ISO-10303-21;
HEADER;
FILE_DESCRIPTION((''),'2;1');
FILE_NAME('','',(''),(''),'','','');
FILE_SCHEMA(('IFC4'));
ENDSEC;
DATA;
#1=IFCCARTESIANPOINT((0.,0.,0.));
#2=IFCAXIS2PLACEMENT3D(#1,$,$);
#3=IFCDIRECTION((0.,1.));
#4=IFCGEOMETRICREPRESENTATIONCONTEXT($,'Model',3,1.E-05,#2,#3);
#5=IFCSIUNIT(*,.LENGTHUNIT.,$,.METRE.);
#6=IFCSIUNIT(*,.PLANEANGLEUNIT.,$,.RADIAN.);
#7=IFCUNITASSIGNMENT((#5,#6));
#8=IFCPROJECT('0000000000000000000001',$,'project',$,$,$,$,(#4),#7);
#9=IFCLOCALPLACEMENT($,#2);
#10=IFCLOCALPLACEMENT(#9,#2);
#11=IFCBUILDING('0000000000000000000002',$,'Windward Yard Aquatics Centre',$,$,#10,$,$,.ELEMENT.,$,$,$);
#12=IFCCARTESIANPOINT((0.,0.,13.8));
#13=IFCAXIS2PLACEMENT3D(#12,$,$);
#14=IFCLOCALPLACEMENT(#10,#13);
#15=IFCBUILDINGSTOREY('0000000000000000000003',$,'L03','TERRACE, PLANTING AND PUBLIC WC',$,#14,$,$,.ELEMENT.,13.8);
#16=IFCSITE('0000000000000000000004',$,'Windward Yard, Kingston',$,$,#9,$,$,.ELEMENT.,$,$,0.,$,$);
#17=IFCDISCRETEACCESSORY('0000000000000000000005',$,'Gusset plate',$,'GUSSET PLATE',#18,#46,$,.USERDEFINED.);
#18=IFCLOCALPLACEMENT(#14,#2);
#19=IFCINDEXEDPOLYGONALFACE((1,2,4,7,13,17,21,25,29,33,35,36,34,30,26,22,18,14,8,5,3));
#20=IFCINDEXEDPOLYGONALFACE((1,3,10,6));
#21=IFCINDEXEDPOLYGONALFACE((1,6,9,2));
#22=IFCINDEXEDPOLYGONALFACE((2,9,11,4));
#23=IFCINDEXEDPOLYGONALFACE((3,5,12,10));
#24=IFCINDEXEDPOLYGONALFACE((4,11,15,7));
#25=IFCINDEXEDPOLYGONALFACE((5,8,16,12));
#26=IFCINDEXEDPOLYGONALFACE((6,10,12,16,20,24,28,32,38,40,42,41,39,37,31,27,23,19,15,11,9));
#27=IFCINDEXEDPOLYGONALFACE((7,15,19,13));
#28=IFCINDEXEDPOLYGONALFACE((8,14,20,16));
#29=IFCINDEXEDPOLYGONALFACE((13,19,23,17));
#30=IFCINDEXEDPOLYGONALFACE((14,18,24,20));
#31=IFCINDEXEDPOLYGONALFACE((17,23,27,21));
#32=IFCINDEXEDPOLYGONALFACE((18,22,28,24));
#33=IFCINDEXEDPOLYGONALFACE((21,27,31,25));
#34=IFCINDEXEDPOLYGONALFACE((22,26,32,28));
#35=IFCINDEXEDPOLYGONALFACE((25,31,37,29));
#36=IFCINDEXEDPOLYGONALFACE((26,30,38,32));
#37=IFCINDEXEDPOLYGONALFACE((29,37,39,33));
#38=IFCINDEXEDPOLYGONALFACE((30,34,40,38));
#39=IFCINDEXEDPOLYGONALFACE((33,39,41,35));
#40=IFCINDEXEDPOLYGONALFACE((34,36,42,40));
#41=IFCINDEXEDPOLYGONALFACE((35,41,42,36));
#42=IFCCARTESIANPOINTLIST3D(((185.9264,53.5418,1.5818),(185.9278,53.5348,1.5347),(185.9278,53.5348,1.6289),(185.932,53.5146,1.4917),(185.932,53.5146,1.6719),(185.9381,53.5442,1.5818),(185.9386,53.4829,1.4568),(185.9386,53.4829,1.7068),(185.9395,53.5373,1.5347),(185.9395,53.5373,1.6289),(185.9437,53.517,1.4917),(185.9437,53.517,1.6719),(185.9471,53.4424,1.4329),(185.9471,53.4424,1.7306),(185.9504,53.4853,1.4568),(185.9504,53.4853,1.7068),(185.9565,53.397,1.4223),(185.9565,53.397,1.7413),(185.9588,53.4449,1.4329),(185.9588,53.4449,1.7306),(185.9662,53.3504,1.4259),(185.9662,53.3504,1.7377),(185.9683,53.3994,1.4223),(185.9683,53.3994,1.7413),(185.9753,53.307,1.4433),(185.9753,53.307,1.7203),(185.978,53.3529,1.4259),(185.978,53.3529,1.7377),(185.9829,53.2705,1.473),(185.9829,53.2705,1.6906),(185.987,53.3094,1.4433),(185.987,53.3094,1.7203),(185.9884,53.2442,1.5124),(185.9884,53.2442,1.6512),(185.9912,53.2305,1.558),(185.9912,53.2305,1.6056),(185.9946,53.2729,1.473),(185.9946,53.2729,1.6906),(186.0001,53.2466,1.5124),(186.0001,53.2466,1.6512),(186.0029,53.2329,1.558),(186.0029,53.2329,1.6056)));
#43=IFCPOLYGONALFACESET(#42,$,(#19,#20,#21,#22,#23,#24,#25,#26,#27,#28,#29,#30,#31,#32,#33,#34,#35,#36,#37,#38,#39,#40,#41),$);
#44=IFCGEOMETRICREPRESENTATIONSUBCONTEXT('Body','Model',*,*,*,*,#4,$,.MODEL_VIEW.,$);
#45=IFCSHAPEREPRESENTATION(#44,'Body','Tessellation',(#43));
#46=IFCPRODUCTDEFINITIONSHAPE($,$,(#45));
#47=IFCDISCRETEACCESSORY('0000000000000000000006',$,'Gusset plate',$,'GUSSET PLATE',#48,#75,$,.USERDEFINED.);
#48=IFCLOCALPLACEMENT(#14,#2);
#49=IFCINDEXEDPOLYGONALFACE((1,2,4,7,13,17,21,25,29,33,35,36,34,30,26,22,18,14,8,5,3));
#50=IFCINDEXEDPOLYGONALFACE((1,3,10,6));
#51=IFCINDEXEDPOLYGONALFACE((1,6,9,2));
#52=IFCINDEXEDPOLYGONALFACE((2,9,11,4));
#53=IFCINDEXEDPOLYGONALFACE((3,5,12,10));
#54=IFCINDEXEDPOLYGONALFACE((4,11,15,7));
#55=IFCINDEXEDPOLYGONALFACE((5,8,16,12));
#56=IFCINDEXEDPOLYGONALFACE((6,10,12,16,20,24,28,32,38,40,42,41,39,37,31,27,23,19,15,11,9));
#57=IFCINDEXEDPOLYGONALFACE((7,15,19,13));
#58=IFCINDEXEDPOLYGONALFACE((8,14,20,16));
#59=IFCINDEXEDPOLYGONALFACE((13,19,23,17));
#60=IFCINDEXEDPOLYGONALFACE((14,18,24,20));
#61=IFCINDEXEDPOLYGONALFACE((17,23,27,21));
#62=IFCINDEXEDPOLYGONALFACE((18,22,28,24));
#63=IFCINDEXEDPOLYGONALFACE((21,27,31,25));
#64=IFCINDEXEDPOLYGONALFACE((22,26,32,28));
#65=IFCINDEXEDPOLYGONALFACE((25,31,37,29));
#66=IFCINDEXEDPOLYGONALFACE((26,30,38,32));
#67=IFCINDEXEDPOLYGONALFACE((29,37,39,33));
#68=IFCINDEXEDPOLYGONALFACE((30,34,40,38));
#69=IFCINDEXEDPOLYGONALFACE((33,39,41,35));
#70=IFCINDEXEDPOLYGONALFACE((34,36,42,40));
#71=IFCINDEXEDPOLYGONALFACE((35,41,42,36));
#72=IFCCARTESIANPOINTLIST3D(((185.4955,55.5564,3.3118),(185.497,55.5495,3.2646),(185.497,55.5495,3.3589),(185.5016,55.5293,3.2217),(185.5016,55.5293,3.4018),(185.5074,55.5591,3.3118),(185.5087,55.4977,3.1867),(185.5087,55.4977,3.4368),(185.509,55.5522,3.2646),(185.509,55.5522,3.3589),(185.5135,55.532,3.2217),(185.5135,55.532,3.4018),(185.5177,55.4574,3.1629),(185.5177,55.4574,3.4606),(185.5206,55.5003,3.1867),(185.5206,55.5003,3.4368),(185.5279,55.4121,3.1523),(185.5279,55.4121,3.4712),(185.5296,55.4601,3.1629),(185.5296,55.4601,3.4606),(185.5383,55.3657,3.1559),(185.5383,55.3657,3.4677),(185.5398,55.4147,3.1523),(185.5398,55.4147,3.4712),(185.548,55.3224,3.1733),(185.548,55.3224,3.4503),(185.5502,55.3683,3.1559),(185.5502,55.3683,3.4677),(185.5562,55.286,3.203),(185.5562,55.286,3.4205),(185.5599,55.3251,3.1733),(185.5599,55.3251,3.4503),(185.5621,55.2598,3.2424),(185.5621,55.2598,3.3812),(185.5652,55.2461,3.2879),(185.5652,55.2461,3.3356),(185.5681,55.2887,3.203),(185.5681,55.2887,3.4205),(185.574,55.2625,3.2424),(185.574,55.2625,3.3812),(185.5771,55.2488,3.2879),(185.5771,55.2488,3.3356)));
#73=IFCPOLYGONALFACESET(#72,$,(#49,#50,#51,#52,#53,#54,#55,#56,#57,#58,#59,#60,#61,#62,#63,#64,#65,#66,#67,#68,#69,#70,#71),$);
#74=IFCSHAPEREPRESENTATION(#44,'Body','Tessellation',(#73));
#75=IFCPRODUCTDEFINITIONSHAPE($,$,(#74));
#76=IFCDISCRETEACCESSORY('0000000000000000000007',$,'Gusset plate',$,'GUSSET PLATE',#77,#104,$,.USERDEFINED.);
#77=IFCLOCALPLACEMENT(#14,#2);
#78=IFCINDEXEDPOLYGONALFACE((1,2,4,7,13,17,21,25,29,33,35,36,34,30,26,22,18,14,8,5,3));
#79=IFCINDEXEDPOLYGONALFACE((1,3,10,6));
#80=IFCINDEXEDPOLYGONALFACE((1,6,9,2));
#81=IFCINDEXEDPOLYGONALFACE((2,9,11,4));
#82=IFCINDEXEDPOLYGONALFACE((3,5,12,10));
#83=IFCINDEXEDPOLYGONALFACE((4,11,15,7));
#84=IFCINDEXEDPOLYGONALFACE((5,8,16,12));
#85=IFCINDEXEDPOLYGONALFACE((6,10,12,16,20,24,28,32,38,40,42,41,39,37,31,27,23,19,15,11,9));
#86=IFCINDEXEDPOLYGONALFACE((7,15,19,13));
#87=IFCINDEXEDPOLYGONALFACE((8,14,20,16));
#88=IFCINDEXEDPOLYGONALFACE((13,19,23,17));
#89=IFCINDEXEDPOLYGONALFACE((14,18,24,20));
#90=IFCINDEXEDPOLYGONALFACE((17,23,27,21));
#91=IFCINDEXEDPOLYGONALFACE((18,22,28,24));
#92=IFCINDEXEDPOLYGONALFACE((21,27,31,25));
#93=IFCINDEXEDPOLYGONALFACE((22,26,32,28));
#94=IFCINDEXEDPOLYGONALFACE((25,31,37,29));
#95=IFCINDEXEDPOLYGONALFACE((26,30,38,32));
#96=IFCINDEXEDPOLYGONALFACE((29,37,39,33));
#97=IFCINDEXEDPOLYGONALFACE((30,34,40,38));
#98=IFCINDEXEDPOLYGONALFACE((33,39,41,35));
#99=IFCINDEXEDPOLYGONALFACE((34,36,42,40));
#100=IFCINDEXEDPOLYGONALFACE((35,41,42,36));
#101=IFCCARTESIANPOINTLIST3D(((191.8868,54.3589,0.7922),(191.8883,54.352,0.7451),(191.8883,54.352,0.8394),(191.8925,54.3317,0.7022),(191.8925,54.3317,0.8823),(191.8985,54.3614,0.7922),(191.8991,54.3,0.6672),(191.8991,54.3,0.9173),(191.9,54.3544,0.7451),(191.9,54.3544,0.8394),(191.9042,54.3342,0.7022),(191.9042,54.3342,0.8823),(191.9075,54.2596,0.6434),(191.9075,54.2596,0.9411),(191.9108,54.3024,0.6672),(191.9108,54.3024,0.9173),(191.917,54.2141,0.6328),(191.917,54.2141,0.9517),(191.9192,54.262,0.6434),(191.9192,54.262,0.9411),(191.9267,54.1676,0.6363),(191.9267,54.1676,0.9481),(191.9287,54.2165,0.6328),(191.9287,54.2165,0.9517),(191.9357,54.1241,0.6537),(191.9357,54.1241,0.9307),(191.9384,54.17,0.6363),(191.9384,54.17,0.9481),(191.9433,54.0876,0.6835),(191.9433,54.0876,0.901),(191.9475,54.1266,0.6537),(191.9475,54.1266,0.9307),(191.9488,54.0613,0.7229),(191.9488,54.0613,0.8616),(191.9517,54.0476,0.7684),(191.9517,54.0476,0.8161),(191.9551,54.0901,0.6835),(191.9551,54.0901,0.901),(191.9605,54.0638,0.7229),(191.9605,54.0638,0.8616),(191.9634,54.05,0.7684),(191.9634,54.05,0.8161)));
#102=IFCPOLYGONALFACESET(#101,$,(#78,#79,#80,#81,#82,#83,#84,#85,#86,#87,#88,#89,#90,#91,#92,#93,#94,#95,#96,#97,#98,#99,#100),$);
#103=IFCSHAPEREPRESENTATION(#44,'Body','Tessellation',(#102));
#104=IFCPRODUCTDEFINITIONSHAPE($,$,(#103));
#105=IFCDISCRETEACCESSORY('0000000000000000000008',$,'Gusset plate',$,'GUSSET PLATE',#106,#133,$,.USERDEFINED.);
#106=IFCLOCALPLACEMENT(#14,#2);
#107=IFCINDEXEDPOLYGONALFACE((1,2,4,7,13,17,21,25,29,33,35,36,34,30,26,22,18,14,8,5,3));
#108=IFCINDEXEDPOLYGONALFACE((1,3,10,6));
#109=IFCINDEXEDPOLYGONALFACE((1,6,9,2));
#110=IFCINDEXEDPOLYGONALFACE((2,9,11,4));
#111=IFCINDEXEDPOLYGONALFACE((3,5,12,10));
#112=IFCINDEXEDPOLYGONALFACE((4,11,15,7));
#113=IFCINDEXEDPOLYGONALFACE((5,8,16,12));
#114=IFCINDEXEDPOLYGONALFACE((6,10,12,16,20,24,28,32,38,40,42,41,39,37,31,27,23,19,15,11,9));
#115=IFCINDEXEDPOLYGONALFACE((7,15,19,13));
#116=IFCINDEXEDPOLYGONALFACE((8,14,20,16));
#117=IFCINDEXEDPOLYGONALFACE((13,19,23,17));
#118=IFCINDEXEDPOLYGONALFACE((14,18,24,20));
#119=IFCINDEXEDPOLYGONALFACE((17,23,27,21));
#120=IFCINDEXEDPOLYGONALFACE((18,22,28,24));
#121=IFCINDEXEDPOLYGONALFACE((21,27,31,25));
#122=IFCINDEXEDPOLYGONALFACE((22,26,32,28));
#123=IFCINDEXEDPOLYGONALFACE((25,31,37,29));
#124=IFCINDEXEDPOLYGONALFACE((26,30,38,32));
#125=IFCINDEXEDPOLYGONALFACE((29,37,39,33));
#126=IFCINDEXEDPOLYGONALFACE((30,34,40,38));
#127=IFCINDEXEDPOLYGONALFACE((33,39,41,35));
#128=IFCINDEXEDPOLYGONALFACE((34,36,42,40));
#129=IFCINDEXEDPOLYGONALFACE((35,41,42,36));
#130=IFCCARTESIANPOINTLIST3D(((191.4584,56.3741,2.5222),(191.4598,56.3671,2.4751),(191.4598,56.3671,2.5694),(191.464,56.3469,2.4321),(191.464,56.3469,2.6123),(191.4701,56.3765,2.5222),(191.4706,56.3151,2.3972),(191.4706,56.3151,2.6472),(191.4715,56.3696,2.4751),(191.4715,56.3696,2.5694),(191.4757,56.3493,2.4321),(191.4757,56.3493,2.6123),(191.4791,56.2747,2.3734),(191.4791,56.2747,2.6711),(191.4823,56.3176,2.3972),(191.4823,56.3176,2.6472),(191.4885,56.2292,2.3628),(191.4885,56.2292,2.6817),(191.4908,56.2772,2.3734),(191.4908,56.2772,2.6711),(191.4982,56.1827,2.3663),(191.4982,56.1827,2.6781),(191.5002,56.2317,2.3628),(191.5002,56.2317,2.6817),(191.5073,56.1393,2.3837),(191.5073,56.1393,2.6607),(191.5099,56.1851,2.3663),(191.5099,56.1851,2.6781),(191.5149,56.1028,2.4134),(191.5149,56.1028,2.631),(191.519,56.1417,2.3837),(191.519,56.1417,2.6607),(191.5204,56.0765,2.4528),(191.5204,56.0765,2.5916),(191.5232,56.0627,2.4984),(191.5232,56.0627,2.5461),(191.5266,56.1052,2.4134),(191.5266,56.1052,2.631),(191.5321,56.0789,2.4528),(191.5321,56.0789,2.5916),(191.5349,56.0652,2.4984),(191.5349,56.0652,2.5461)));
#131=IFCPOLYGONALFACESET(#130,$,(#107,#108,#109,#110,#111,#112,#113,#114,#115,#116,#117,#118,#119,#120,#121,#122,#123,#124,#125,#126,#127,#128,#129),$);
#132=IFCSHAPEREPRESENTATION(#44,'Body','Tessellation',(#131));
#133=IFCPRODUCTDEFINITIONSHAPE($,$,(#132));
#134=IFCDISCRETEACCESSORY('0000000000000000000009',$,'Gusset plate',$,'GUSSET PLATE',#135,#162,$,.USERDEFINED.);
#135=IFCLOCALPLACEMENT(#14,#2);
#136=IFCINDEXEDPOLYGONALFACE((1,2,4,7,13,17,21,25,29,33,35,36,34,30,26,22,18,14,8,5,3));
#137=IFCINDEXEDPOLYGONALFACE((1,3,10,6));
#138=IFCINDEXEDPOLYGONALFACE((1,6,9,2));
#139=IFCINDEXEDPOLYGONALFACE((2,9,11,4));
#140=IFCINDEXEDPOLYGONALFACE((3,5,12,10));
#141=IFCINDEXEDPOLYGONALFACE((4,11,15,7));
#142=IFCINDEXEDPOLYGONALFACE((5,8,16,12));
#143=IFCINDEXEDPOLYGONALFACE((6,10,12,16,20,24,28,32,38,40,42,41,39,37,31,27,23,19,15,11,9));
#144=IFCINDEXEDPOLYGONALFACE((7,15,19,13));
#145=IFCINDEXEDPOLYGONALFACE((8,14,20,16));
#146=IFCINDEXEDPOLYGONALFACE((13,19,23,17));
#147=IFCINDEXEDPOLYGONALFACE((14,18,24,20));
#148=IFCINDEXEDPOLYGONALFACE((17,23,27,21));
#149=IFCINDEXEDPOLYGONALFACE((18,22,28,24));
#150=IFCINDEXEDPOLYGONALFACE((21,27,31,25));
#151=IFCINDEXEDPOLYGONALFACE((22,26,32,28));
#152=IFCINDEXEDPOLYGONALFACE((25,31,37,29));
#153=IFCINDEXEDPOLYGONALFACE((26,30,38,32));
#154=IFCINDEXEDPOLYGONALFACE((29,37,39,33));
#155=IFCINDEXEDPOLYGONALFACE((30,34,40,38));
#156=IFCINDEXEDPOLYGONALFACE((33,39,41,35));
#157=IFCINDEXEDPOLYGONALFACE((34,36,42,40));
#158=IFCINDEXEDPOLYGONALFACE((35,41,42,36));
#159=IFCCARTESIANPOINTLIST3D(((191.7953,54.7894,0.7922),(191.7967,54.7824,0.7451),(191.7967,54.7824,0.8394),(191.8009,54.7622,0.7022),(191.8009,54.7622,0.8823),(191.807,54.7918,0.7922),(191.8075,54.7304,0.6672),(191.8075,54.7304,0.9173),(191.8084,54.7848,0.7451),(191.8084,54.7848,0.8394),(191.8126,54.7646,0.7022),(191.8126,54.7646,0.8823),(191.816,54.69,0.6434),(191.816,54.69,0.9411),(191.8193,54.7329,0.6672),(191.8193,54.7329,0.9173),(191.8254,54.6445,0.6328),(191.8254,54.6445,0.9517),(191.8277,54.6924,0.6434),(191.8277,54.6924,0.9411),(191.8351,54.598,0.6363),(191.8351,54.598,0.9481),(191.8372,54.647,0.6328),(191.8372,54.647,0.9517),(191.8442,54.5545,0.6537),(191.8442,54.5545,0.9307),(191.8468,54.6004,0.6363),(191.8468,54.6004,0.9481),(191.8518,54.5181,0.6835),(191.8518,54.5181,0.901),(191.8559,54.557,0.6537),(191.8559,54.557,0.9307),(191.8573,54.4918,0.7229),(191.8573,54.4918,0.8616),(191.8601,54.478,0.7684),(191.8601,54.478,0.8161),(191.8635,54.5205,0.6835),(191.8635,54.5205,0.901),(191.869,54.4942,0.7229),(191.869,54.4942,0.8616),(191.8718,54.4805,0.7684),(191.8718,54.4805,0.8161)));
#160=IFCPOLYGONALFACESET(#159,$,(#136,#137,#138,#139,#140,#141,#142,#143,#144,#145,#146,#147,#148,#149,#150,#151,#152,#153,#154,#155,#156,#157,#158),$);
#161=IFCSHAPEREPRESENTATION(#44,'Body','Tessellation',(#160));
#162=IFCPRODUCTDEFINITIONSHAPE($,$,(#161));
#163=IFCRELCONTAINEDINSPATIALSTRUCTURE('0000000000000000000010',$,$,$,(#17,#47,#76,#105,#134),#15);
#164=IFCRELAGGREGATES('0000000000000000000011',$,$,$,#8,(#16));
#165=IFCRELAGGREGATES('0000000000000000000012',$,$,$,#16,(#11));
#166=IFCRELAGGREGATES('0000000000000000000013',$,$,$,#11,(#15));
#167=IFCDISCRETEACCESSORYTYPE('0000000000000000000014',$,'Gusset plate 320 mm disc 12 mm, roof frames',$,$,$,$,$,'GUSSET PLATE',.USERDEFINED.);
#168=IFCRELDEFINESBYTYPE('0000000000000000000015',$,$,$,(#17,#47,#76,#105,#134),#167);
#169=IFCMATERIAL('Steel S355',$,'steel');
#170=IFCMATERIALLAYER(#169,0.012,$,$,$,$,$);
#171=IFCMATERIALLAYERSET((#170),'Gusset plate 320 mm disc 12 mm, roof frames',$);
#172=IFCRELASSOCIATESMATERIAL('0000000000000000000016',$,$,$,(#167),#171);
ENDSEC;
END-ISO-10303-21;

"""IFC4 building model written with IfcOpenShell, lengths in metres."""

from ifc_helpers import new_model, si_unit, direction, frame, origin, origin_2d, place, context, subcontext, project, spatial, circle, extrude, material, layer, layer_set, type_object, element, save


model = new_model("IFC4")

# Units and contexts
model_context = context("Model", 3, precision=1e-05, world=origin(), true_north=direction((0.0, 1.0)))
body_context = subcontext(model_context, "Body", "Model", "MODEL_VIEW")
ifc_project = project(units=[si_unit("LENGTHUNIT", "METRE"), si_unit("PLANEANGLEUNIT", "RADIAN")], contexts=[model_context])

# Site, building, storey
site_placement = place(None, origin())
site = spatial("IfcSite", under=ifc_project, at=site_placement, Name="Windward Yard, Kingston", CompositionType="ELEMENT", RefElevation=0.0)
building_placement = place(site_placement, origin())
building = spatial("IfcBuilding", under=site, at=building_placement, Name="Windward Yard Aquatics Centre", CompositionType="ELEMENT")
storey_placement = place(building_placement, frame((0.0, 0.0, 13.8)))
storey = spatial("IfcBuildingStorey", under=building, at=storey_placement, Name="L03", Description="TERRACE, PLANTING AND PUBLIC WC", CompositionType="ELEMENT", Elevation=13.8)

# Discrete accessories
ifc_material_1 = material(Name="Steel S355", Category="steel")
ifc_layer_1 = layer(ifc_material_1, 0.012)
ifc_layer_set_1 = layer_set([ifc_layer_1], Name="Gusset plate 320 mm disc 12 mm, roof frames")
discrete_accessory_type_1 = type_object("IfcDiscreteAccessoryType", Name="Gusset plate 320 mm disc 12 mm, roof frames", ElementType="GUSSET PLATE", PredefinedType="USERDEFINED", material=ifc_layer_set_1)
for number, where, z_axis, x_axis, name in (
    (1, (185.959, 53.3853, 1.5818), (0.97898, 0.203954, 0.0), (-0.203954, 0.97898, 0.0), "Gusset plate"),
):
    element("IfcDiscreteAccessory", number, at=place(storey_placement, frame(where, z_axis=z_axis, x_axis=x_axis)), inside=storey, type_object=discrete_accessory_type_1, Name=name, ObjectType="GUSSET PLATE", PredefinedType="USERDEFINED", context=body_context, shape_type="SweptSolid", body=[
        extrude(circle(Radius=0.1599, at=origin_2d()), origin(), (0.0, 0.0, 1.0), 0.012),
    ])
discrete_accessory_1_placement = place(storey_placement, frame((185.5305, 55.4004, 3.3118), z_axis=(0.975716, 0.219038, 0.0), x_axis=(-0.219038, 0.975716, 0.0)))
element("IfcDiscreteAccessory", 2, at=discrete_accessory_1_placement, inside=storey, type_object=discrete_accessory_type_1, Name="Gusset plate", ObjectType="GUSSET PLATE", PredefinedType="USERDEFINED", context=body_context, shape_type="SweptSolid", body=[
    extrude(circle(Radius=0.1599, at=origin_2d()), origin(), (0.0, 0.0, 1.0), 0.0122),
])
for number, where, z_axis, x_axis, name in (
    (3, (191.9194, 54.2024, 0.7922), (0.97898, 0.203954, 0.0), (-0.203954, 0.97898, 0.0), "Gusset plate"),
    (4, (191.491, 56.2175, 2.5222), (0.97898, 0.203954, 0.0), (-0.203954, 0.97898, 0.0), "Gusset plate"),
    (5, (191.8279, 54.6328, 0.7922), (0.97898, 0.203954, 0.0), (-0.203954, 0.97898, 0.0), "Gusset plate"),
):
    element("IfcDiscreteAccessory", number, at=place(storey_placement, frame(where, z_axis=z_axis, x_axis=x_axis)), inside=storey, type_object=discrete_accessory_type_1, Name=name, ObjectType="GUSSET PLATE", PredefinedType="USERDEFINED", context=body_context, shape_type="SweptSolid", body=[
        extrude(circle(Radius=0.1599, at=origin_2d()), origin(), (0.0, 0.0, 1.0), 0.012),
    ])

save(model, "model.ifc")
